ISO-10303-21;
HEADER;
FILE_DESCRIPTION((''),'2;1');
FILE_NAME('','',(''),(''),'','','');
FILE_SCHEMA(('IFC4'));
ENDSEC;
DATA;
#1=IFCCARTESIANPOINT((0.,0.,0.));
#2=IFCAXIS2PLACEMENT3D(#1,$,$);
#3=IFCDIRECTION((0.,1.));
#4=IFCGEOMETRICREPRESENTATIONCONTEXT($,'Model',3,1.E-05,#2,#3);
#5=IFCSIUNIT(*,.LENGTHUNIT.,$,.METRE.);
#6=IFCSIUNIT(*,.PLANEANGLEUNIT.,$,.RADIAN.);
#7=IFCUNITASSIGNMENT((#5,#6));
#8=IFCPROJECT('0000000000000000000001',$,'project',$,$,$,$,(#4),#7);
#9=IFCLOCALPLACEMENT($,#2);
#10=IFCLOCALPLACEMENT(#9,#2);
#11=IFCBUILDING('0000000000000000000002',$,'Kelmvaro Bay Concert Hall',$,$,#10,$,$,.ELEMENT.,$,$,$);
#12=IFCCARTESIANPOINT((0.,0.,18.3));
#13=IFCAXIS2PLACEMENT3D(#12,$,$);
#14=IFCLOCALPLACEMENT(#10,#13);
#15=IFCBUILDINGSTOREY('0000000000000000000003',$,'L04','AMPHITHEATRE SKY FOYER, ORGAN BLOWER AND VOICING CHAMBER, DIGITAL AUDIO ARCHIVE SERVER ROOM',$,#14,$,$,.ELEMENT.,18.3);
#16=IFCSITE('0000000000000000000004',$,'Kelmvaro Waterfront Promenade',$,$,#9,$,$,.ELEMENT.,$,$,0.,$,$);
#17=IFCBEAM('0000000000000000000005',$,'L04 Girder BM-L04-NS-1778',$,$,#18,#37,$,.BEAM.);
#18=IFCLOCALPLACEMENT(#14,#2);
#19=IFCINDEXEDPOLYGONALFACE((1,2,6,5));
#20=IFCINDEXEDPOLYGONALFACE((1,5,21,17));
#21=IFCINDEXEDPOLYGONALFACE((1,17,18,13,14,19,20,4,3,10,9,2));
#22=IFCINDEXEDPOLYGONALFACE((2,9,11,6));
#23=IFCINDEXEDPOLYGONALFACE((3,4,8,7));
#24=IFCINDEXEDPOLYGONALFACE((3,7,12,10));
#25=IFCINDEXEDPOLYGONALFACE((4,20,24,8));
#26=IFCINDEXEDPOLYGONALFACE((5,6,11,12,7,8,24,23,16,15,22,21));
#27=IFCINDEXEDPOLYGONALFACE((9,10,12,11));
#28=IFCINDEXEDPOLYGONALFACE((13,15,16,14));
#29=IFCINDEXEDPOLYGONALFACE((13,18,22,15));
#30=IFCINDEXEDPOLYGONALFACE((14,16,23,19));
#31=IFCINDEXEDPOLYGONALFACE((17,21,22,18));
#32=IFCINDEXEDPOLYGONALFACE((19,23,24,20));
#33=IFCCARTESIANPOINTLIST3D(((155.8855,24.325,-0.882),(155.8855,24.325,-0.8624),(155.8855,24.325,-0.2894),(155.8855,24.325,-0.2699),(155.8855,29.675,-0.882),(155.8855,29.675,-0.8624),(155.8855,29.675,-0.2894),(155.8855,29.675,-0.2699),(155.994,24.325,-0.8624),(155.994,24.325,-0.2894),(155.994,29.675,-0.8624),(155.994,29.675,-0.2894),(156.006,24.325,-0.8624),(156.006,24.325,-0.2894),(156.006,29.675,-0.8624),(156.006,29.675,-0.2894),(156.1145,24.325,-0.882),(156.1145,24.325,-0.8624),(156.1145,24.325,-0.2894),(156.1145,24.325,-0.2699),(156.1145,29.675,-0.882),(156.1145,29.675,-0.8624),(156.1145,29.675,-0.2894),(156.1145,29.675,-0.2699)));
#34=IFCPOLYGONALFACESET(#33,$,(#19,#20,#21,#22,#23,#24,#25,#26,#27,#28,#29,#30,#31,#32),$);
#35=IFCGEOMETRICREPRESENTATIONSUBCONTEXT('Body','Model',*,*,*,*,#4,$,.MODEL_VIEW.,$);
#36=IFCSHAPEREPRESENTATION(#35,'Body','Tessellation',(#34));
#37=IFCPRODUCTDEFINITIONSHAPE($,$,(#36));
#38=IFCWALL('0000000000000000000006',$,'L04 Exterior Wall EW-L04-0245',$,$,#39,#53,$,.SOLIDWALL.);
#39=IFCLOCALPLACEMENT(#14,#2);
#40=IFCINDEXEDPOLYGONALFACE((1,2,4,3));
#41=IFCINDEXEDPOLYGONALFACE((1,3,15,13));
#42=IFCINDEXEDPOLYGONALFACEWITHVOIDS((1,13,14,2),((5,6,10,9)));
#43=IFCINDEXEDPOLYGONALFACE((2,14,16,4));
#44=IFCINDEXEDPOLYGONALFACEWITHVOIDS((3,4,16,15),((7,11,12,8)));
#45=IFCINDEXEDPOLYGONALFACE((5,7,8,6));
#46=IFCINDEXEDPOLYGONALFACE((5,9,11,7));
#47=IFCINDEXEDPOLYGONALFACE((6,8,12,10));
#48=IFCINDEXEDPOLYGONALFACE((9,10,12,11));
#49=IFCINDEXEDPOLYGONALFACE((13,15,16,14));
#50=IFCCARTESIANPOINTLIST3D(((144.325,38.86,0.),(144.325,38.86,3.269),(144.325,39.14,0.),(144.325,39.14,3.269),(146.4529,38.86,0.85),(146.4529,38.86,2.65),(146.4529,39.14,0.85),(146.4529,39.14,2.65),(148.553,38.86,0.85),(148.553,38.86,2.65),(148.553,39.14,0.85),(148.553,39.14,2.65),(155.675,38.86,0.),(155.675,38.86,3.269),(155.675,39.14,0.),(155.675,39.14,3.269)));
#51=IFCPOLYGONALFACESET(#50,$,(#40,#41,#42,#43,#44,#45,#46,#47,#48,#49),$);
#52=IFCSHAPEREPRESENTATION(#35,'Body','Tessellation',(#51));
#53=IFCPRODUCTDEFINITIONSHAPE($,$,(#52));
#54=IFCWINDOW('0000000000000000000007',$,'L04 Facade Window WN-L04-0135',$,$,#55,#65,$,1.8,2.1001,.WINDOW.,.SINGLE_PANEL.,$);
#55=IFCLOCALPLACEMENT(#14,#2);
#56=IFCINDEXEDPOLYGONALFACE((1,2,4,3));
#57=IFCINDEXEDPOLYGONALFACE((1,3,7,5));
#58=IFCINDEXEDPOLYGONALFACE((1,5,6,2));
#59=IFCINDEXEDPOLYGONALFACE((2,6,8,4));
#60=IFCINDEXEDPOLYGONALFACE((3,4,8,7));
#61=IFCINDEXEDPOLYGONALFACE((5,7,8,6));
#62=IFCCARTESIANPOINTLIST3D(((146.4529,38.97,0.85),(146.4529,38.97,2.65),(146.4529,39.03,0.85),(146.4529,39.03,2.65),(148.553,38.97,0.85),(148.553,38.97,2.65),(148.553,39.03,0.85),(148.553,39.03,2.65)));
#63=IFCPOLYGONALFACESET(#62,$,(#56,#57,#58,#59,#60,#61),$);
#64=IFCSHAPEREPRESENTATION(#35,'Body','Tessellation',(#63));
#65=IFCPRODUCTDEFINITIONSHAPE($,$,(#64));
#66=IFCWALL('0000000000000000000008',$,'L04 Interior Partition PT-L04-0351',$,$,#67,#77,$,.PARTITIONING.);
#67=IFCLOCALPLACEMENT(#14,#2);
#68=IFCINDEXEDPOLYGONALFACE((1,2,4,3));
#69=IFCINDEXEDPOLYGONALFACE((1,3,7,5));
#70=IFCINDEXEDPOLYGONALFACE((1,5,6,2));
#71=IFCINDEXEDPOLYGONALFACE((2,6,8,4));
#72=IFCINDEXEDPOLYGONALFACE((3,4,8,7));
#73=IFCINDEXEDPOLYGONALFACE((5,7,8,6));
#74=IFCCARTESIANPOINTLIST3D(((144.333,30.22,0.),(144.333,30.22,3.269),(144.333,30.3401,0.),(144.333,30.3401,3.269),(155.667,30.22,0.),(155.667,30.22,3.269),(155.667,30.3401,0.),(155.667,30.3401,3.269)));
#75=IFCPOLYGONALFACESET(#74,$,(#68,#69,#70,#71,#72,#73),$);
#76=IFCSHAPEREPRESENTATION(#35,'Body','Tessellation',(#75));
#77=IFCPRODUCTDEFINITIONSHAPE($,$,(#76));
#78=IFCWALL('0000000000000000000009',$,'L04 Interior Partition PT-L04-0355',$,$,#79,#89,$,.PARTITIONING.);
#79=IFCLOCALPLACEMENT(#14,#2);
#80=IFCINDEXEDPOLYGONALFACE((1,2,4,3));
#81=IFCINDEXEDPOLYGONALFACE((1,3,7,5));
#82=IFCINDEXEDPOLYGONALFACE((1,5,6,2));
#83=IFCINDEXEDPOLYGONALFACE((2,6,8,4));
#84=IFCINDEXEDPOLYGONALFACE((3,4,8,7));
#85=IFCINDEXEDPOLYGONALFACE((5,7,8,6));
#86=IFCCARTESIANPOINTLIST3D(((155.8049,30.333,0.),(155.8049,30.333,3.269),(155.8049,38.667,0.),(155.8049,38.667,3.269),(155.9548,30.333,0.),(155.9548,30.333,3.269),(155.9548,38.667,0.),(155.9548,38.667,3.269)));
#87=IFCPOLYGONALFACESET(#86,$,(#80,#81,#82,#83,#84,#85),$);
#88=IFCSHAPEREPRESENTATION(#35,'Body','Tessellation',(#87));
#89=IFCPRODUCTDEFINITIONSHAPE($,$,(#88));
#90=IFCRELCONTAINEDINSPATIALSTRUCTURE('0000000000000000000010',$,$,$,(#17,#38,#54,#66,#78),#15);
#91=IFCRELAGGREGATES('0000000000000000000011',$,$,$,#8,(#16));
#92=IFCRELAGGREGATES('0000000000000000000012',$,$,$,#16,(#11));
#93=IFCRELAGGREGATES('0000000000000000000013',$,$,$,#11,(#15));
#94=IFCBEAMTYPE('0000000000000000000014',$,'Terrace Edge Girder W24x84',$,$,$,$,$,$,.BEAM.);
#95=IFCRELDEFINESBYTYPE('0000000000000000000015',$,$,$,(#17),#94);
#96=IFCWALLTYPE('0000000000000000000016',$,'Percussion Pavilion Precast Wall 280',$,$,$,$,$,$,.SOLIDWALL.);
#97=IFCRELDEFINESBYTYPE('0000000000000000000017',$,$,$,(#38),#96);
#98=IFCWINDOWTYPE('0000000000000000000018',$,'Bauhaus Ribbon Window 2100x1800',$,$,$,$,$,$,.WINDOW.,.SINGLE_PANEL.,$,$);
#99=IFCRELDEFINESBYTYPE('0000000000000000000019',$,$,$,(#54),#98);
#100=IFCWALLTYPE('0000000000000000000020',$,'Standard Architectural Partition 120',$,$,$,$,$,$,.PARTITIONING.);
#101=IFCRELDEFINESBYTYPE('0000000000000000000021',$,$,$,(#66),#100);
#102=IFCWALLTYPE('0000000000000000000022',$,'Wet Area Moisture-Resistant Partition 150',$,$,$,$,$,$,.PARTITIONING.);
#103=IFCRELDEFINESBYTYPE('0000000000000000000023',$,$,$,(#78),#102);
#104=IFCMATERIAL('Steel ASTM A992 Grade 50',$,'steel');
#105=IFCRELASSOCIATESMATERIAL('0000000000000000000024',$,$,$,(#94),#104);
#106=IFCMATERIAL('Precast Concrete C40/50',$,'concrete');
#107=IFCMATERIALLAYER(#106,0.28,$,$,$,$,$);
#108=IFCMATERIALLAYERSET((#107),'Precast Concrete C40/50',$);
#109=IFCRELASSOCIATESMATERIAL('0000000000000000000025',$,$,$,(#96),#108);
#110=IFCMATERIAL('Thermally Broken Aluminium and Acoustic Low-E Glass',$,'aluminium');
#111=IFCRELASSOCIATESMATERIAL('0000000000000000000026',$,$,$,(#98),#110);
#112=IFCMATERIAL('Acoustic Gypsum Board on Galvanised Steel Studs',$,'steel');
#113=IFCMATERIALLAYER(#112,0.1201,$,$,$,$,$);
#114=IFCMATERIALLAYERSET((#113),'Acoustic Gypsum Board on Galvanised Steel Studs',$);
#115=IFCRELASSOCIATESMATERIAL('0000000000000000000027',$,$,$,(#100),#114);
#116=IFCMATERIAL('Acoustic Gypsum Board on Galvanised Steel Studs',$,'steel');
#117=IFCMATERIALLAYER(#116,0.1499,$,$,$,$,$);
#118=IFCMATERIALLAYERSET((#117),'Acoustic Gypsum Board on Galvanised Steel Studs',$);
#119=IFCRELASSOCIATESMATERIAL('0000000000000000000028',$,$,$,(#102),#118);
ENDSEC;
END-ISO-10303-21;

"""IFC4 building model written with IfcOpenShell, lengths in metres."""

from ifc_helpers import new_model, si_unit, direction, frame, frame_2d, origin, origin_2d, place, context, subcontext, project, spatial, rectangle, i_section, extrude, material, layer, layer_set, material_profile, profile_set, type_object, element, fill, save


model = new_model("IFC4")

# Units and contexts
model_context = context("Model", 3, precision=1e-05, world=origin(), true_north=direction((0.0, 1.0)))
body_context = subcontext(model_context, "Body", "Model", "MODEL_VIEW")
ifc_project = project(units=[si_unit("LENGTHUNIT", "METRE"), si_unit("PLANEANGLEUNIT", "RADIAN")], contexts=[model_context])

# Site, building, storey
site_placement = place(None, origin())
site = spatial("IfcSite", under=ifc_project, at=site_placement, Name="Kelmvaro Waterfront Promenade", CompositionType="ELEMENT", RefElevation=0.0)
building_placement = place(site_placement, origin())
building = spatial("IfcBuilding", under=site, at=building_placement, Name="Kelmvaro Bay Concert Hall", CompositionType="ELEMENT")
storey_placement = place(building_placement, frame((0.0, 0.0, 18.3)))
storey = spatial("IfcBuildingStorey", under=building, at=storey_placement, Name="L04", Description="AMPHITHEATRE SKY FOYER, ORGAN BLOWER AND VOICING CHAMBER, DIGITAL AUDIO ARCHIVE SERVER ROOM", CompositionType="ELEMENT", Elevation=18.3)

# Beam
ifc_material_1 = material(Name="Steel ASTM A992 Grade 50", Category="steel")
ifc_material_profile_1 = material_profile(ifc_material_1, i_section(OverallWidth=0.229, OverallDepth=0.6121, WebThickness=0.012, FlangeThickness=0.0195, at=origin_2d()), Name="W24X84")
ifc_profile_set_1 = profile_set([ifc_material_profile_1], Name="Steel ASTM A992 Grade 50")
beam_type_1 = type_object("IfcBeamType", Name="Terrace Edge Girder W24x84", PredefinedType="BEAM", material=ifc_profile_set_1)
beam_1_placement = place(storey_placement, frame((156.0, 24.325, -0.5759), z_axis=(0.0, 1.0, 0.0), x_axis=(-1.0, 0.0, 0.0)))
element("IfcBeam", 1, at=beam_1_placement, inside=storey, type_object=beam_type_1, Name="L04 Girder BM-L04-NS-1778", PredefinedType="BEAM", context=body_context, shape_type="SweptSolid", body=[
    extrude(i_section(OverallWidth=0.229, OverallDepth=0.6121, WebThickness=0.012, FlangeThickness=0.0195, at=origin_2d()), origin(), (0.0, 0.0, 1.0), 5.3501),
])

# Wall, opening, window
ifc_material_2 = material(Name="Precast Concrete C40/50", Category="concrete")
ifc_layer_1 = layer(ifc_material_2, 0.28)
ifc_layer_set_1 = layer_set([ifc_layer_1], Name="Precast Concrete C40/50")
wall_type_1 = type_object("IfcWallType", Name="Percussion Pavilion Precast Wall 280", PredefinedType="SOLIDWALL", material=ifc_layer_set_1)
wall_1_placement = place(storey_placement, frame((144.325, 39.0, 0.0), z_axis=(0.0, 0.0, 1.0), x_axis=(1.0, 0.0, 0.0)))
wall_1 = element("IfcWall", 2, at=wall_1_placement, inside=storey, type_object=wall_type_1, Name="L04 Exterior Wall EW-L04-0245", PredefinedType="SOLIDWALL", context=body_context, shape_type="SweptSolid", body=[
    extrude(rectangle(XDim=11.3501, YDim=0.28, at=frame_2d((5.675, 0.0))), origin(), (0.0, 0.0, 1.0), 3.269),
])
opening_placement = place(wall_1_placement, frame((2.1279, 0.0, 0.8501)))
opening = element("IfcOpeningElement", 3, at=opening_placement, cuts=wall_1, PredefinedType="OPENING", context=body_context, shape_type="SweptSolid", body=[
    extrude(rectangle(XDim=2.1001, YDim=1.8, at=frame_2d((1.05, 0.8999))), frame((0.0, 0.1499, 0.0), z_axis=(0.0, -1.0, 0.0), x_axis=(1.0, 0.0, 0.0)), (0.0, 0.0, 1.0), 0.3),
])
ifc_material_3 = material(Name="Thermally Broken Aluminium and Acoustic Low-E Glass", Category="aluminium")
window_type = type_object("IfcWindowType", Name="Bauhaus Ribbon Window 2100x1800", PartitioningType="SINGLE_PANEL", PredefinedType="WINDOW", material=ifc_material_3)
window_placement = place(opening_placement, origin())
window = element("IfcWindow", 4, at=window_placement, inside=storey, type_object=window_type, Name="L04 Facade Window WN-L04-0135", OverallHeight=1.8, OverallWidth=2.1001, PartitioningType="SINGLE_PANEL", PredefinedType="WINDOW", context=body_context, shape_type="SweptSolid", body=[
    extrude(rectangle(XDim=2.1001, YDim=1.8, at=frame_2d((1.05, 0.8999))), frame((0.0, 0.03, 0.0), z_axis=(0.0, -1.0, 0.0), x_axis=(1.0, 0.0, 0.0)), (0.0, 0.0, 1.0), 0.0601),
])
fill(opening, window)

# Walls
ifc_material_4 = material(Name="Acoustic Gypsum Board on Galvanised Steel Studs", Category="steel")
ifc_layer_2 = layer(ifc_material_4, 0.1201)
ifc_layer_set_2 = layer_set([ifc_layer_2], Name="Acoustic Gypsum Board on Galvanised Steel Studs")
wall_type_2 = type_object("IfcWallType", Name="Standard Architectural Partition 120", PredefinedType="PARTITIONING", material=ifc_layer_set_2)
wall_2_placement = place(storey_placement, frame((144.333, 30.28, 0.0), z_axis=(0.0, 0.0, 1.0), x_axis=(1.0, 0.0, 0.0)))
element("IfcWall", 5, at=wall_2_placement, inside=storey, type_object=wall_type_2, Name="L04 Interior Partition PT-L04-0351", PredefinedType="PARTITIONING", context=body_context, shape_type="SweptSolid", body=[
    extrude(rectangle(XDim=11.334, YDim=0.1201, at=frame_2d((5.667, 0.0))), origin(), (0.0, 0.0, 1.0), 3.269),
])
ifc_material_5 = material(Name="Acoustic Gypsum Board on Galvanised Steel Studs", Category="steel")
ifc_layer_3 = layer(ifc_material_5, 0.1499)
ifc_layer_set_3 = layer_set([ifc_layer_3], Name="Acoustic Gypsum Board on Galvanised Steel Studs")
wall_type_3 = type_object("IfcWallType", Name="Wet Area Moisture-Resistant Partition 150", PredefinedType="PARTITIONING", material=ifc_layer_set_3)
wall_3_placement = place(storey_placement, frame((155.8799, 30.333, 0.0), z_axis=(0.0, 0.0, 1.0), x_axis=(0.0, 1.0, 0.0)))
element("IfcWall", 6, at=wall_3_placement, inside=storey, type_object=wall_type_3, Name="L04 Interior Partition PT-L04-0355", PredefinedType="PARTITIONING", context=body_context, shape_type="SweptSolid", body=[
    extrude(rectangle(XDim=8.334, YDim=0.1499, at=frame_2d((4.167, 0.0))), origin(), (0.0, 0.0, 1.0), 3.269),
])

save(model, "model.ifc")
